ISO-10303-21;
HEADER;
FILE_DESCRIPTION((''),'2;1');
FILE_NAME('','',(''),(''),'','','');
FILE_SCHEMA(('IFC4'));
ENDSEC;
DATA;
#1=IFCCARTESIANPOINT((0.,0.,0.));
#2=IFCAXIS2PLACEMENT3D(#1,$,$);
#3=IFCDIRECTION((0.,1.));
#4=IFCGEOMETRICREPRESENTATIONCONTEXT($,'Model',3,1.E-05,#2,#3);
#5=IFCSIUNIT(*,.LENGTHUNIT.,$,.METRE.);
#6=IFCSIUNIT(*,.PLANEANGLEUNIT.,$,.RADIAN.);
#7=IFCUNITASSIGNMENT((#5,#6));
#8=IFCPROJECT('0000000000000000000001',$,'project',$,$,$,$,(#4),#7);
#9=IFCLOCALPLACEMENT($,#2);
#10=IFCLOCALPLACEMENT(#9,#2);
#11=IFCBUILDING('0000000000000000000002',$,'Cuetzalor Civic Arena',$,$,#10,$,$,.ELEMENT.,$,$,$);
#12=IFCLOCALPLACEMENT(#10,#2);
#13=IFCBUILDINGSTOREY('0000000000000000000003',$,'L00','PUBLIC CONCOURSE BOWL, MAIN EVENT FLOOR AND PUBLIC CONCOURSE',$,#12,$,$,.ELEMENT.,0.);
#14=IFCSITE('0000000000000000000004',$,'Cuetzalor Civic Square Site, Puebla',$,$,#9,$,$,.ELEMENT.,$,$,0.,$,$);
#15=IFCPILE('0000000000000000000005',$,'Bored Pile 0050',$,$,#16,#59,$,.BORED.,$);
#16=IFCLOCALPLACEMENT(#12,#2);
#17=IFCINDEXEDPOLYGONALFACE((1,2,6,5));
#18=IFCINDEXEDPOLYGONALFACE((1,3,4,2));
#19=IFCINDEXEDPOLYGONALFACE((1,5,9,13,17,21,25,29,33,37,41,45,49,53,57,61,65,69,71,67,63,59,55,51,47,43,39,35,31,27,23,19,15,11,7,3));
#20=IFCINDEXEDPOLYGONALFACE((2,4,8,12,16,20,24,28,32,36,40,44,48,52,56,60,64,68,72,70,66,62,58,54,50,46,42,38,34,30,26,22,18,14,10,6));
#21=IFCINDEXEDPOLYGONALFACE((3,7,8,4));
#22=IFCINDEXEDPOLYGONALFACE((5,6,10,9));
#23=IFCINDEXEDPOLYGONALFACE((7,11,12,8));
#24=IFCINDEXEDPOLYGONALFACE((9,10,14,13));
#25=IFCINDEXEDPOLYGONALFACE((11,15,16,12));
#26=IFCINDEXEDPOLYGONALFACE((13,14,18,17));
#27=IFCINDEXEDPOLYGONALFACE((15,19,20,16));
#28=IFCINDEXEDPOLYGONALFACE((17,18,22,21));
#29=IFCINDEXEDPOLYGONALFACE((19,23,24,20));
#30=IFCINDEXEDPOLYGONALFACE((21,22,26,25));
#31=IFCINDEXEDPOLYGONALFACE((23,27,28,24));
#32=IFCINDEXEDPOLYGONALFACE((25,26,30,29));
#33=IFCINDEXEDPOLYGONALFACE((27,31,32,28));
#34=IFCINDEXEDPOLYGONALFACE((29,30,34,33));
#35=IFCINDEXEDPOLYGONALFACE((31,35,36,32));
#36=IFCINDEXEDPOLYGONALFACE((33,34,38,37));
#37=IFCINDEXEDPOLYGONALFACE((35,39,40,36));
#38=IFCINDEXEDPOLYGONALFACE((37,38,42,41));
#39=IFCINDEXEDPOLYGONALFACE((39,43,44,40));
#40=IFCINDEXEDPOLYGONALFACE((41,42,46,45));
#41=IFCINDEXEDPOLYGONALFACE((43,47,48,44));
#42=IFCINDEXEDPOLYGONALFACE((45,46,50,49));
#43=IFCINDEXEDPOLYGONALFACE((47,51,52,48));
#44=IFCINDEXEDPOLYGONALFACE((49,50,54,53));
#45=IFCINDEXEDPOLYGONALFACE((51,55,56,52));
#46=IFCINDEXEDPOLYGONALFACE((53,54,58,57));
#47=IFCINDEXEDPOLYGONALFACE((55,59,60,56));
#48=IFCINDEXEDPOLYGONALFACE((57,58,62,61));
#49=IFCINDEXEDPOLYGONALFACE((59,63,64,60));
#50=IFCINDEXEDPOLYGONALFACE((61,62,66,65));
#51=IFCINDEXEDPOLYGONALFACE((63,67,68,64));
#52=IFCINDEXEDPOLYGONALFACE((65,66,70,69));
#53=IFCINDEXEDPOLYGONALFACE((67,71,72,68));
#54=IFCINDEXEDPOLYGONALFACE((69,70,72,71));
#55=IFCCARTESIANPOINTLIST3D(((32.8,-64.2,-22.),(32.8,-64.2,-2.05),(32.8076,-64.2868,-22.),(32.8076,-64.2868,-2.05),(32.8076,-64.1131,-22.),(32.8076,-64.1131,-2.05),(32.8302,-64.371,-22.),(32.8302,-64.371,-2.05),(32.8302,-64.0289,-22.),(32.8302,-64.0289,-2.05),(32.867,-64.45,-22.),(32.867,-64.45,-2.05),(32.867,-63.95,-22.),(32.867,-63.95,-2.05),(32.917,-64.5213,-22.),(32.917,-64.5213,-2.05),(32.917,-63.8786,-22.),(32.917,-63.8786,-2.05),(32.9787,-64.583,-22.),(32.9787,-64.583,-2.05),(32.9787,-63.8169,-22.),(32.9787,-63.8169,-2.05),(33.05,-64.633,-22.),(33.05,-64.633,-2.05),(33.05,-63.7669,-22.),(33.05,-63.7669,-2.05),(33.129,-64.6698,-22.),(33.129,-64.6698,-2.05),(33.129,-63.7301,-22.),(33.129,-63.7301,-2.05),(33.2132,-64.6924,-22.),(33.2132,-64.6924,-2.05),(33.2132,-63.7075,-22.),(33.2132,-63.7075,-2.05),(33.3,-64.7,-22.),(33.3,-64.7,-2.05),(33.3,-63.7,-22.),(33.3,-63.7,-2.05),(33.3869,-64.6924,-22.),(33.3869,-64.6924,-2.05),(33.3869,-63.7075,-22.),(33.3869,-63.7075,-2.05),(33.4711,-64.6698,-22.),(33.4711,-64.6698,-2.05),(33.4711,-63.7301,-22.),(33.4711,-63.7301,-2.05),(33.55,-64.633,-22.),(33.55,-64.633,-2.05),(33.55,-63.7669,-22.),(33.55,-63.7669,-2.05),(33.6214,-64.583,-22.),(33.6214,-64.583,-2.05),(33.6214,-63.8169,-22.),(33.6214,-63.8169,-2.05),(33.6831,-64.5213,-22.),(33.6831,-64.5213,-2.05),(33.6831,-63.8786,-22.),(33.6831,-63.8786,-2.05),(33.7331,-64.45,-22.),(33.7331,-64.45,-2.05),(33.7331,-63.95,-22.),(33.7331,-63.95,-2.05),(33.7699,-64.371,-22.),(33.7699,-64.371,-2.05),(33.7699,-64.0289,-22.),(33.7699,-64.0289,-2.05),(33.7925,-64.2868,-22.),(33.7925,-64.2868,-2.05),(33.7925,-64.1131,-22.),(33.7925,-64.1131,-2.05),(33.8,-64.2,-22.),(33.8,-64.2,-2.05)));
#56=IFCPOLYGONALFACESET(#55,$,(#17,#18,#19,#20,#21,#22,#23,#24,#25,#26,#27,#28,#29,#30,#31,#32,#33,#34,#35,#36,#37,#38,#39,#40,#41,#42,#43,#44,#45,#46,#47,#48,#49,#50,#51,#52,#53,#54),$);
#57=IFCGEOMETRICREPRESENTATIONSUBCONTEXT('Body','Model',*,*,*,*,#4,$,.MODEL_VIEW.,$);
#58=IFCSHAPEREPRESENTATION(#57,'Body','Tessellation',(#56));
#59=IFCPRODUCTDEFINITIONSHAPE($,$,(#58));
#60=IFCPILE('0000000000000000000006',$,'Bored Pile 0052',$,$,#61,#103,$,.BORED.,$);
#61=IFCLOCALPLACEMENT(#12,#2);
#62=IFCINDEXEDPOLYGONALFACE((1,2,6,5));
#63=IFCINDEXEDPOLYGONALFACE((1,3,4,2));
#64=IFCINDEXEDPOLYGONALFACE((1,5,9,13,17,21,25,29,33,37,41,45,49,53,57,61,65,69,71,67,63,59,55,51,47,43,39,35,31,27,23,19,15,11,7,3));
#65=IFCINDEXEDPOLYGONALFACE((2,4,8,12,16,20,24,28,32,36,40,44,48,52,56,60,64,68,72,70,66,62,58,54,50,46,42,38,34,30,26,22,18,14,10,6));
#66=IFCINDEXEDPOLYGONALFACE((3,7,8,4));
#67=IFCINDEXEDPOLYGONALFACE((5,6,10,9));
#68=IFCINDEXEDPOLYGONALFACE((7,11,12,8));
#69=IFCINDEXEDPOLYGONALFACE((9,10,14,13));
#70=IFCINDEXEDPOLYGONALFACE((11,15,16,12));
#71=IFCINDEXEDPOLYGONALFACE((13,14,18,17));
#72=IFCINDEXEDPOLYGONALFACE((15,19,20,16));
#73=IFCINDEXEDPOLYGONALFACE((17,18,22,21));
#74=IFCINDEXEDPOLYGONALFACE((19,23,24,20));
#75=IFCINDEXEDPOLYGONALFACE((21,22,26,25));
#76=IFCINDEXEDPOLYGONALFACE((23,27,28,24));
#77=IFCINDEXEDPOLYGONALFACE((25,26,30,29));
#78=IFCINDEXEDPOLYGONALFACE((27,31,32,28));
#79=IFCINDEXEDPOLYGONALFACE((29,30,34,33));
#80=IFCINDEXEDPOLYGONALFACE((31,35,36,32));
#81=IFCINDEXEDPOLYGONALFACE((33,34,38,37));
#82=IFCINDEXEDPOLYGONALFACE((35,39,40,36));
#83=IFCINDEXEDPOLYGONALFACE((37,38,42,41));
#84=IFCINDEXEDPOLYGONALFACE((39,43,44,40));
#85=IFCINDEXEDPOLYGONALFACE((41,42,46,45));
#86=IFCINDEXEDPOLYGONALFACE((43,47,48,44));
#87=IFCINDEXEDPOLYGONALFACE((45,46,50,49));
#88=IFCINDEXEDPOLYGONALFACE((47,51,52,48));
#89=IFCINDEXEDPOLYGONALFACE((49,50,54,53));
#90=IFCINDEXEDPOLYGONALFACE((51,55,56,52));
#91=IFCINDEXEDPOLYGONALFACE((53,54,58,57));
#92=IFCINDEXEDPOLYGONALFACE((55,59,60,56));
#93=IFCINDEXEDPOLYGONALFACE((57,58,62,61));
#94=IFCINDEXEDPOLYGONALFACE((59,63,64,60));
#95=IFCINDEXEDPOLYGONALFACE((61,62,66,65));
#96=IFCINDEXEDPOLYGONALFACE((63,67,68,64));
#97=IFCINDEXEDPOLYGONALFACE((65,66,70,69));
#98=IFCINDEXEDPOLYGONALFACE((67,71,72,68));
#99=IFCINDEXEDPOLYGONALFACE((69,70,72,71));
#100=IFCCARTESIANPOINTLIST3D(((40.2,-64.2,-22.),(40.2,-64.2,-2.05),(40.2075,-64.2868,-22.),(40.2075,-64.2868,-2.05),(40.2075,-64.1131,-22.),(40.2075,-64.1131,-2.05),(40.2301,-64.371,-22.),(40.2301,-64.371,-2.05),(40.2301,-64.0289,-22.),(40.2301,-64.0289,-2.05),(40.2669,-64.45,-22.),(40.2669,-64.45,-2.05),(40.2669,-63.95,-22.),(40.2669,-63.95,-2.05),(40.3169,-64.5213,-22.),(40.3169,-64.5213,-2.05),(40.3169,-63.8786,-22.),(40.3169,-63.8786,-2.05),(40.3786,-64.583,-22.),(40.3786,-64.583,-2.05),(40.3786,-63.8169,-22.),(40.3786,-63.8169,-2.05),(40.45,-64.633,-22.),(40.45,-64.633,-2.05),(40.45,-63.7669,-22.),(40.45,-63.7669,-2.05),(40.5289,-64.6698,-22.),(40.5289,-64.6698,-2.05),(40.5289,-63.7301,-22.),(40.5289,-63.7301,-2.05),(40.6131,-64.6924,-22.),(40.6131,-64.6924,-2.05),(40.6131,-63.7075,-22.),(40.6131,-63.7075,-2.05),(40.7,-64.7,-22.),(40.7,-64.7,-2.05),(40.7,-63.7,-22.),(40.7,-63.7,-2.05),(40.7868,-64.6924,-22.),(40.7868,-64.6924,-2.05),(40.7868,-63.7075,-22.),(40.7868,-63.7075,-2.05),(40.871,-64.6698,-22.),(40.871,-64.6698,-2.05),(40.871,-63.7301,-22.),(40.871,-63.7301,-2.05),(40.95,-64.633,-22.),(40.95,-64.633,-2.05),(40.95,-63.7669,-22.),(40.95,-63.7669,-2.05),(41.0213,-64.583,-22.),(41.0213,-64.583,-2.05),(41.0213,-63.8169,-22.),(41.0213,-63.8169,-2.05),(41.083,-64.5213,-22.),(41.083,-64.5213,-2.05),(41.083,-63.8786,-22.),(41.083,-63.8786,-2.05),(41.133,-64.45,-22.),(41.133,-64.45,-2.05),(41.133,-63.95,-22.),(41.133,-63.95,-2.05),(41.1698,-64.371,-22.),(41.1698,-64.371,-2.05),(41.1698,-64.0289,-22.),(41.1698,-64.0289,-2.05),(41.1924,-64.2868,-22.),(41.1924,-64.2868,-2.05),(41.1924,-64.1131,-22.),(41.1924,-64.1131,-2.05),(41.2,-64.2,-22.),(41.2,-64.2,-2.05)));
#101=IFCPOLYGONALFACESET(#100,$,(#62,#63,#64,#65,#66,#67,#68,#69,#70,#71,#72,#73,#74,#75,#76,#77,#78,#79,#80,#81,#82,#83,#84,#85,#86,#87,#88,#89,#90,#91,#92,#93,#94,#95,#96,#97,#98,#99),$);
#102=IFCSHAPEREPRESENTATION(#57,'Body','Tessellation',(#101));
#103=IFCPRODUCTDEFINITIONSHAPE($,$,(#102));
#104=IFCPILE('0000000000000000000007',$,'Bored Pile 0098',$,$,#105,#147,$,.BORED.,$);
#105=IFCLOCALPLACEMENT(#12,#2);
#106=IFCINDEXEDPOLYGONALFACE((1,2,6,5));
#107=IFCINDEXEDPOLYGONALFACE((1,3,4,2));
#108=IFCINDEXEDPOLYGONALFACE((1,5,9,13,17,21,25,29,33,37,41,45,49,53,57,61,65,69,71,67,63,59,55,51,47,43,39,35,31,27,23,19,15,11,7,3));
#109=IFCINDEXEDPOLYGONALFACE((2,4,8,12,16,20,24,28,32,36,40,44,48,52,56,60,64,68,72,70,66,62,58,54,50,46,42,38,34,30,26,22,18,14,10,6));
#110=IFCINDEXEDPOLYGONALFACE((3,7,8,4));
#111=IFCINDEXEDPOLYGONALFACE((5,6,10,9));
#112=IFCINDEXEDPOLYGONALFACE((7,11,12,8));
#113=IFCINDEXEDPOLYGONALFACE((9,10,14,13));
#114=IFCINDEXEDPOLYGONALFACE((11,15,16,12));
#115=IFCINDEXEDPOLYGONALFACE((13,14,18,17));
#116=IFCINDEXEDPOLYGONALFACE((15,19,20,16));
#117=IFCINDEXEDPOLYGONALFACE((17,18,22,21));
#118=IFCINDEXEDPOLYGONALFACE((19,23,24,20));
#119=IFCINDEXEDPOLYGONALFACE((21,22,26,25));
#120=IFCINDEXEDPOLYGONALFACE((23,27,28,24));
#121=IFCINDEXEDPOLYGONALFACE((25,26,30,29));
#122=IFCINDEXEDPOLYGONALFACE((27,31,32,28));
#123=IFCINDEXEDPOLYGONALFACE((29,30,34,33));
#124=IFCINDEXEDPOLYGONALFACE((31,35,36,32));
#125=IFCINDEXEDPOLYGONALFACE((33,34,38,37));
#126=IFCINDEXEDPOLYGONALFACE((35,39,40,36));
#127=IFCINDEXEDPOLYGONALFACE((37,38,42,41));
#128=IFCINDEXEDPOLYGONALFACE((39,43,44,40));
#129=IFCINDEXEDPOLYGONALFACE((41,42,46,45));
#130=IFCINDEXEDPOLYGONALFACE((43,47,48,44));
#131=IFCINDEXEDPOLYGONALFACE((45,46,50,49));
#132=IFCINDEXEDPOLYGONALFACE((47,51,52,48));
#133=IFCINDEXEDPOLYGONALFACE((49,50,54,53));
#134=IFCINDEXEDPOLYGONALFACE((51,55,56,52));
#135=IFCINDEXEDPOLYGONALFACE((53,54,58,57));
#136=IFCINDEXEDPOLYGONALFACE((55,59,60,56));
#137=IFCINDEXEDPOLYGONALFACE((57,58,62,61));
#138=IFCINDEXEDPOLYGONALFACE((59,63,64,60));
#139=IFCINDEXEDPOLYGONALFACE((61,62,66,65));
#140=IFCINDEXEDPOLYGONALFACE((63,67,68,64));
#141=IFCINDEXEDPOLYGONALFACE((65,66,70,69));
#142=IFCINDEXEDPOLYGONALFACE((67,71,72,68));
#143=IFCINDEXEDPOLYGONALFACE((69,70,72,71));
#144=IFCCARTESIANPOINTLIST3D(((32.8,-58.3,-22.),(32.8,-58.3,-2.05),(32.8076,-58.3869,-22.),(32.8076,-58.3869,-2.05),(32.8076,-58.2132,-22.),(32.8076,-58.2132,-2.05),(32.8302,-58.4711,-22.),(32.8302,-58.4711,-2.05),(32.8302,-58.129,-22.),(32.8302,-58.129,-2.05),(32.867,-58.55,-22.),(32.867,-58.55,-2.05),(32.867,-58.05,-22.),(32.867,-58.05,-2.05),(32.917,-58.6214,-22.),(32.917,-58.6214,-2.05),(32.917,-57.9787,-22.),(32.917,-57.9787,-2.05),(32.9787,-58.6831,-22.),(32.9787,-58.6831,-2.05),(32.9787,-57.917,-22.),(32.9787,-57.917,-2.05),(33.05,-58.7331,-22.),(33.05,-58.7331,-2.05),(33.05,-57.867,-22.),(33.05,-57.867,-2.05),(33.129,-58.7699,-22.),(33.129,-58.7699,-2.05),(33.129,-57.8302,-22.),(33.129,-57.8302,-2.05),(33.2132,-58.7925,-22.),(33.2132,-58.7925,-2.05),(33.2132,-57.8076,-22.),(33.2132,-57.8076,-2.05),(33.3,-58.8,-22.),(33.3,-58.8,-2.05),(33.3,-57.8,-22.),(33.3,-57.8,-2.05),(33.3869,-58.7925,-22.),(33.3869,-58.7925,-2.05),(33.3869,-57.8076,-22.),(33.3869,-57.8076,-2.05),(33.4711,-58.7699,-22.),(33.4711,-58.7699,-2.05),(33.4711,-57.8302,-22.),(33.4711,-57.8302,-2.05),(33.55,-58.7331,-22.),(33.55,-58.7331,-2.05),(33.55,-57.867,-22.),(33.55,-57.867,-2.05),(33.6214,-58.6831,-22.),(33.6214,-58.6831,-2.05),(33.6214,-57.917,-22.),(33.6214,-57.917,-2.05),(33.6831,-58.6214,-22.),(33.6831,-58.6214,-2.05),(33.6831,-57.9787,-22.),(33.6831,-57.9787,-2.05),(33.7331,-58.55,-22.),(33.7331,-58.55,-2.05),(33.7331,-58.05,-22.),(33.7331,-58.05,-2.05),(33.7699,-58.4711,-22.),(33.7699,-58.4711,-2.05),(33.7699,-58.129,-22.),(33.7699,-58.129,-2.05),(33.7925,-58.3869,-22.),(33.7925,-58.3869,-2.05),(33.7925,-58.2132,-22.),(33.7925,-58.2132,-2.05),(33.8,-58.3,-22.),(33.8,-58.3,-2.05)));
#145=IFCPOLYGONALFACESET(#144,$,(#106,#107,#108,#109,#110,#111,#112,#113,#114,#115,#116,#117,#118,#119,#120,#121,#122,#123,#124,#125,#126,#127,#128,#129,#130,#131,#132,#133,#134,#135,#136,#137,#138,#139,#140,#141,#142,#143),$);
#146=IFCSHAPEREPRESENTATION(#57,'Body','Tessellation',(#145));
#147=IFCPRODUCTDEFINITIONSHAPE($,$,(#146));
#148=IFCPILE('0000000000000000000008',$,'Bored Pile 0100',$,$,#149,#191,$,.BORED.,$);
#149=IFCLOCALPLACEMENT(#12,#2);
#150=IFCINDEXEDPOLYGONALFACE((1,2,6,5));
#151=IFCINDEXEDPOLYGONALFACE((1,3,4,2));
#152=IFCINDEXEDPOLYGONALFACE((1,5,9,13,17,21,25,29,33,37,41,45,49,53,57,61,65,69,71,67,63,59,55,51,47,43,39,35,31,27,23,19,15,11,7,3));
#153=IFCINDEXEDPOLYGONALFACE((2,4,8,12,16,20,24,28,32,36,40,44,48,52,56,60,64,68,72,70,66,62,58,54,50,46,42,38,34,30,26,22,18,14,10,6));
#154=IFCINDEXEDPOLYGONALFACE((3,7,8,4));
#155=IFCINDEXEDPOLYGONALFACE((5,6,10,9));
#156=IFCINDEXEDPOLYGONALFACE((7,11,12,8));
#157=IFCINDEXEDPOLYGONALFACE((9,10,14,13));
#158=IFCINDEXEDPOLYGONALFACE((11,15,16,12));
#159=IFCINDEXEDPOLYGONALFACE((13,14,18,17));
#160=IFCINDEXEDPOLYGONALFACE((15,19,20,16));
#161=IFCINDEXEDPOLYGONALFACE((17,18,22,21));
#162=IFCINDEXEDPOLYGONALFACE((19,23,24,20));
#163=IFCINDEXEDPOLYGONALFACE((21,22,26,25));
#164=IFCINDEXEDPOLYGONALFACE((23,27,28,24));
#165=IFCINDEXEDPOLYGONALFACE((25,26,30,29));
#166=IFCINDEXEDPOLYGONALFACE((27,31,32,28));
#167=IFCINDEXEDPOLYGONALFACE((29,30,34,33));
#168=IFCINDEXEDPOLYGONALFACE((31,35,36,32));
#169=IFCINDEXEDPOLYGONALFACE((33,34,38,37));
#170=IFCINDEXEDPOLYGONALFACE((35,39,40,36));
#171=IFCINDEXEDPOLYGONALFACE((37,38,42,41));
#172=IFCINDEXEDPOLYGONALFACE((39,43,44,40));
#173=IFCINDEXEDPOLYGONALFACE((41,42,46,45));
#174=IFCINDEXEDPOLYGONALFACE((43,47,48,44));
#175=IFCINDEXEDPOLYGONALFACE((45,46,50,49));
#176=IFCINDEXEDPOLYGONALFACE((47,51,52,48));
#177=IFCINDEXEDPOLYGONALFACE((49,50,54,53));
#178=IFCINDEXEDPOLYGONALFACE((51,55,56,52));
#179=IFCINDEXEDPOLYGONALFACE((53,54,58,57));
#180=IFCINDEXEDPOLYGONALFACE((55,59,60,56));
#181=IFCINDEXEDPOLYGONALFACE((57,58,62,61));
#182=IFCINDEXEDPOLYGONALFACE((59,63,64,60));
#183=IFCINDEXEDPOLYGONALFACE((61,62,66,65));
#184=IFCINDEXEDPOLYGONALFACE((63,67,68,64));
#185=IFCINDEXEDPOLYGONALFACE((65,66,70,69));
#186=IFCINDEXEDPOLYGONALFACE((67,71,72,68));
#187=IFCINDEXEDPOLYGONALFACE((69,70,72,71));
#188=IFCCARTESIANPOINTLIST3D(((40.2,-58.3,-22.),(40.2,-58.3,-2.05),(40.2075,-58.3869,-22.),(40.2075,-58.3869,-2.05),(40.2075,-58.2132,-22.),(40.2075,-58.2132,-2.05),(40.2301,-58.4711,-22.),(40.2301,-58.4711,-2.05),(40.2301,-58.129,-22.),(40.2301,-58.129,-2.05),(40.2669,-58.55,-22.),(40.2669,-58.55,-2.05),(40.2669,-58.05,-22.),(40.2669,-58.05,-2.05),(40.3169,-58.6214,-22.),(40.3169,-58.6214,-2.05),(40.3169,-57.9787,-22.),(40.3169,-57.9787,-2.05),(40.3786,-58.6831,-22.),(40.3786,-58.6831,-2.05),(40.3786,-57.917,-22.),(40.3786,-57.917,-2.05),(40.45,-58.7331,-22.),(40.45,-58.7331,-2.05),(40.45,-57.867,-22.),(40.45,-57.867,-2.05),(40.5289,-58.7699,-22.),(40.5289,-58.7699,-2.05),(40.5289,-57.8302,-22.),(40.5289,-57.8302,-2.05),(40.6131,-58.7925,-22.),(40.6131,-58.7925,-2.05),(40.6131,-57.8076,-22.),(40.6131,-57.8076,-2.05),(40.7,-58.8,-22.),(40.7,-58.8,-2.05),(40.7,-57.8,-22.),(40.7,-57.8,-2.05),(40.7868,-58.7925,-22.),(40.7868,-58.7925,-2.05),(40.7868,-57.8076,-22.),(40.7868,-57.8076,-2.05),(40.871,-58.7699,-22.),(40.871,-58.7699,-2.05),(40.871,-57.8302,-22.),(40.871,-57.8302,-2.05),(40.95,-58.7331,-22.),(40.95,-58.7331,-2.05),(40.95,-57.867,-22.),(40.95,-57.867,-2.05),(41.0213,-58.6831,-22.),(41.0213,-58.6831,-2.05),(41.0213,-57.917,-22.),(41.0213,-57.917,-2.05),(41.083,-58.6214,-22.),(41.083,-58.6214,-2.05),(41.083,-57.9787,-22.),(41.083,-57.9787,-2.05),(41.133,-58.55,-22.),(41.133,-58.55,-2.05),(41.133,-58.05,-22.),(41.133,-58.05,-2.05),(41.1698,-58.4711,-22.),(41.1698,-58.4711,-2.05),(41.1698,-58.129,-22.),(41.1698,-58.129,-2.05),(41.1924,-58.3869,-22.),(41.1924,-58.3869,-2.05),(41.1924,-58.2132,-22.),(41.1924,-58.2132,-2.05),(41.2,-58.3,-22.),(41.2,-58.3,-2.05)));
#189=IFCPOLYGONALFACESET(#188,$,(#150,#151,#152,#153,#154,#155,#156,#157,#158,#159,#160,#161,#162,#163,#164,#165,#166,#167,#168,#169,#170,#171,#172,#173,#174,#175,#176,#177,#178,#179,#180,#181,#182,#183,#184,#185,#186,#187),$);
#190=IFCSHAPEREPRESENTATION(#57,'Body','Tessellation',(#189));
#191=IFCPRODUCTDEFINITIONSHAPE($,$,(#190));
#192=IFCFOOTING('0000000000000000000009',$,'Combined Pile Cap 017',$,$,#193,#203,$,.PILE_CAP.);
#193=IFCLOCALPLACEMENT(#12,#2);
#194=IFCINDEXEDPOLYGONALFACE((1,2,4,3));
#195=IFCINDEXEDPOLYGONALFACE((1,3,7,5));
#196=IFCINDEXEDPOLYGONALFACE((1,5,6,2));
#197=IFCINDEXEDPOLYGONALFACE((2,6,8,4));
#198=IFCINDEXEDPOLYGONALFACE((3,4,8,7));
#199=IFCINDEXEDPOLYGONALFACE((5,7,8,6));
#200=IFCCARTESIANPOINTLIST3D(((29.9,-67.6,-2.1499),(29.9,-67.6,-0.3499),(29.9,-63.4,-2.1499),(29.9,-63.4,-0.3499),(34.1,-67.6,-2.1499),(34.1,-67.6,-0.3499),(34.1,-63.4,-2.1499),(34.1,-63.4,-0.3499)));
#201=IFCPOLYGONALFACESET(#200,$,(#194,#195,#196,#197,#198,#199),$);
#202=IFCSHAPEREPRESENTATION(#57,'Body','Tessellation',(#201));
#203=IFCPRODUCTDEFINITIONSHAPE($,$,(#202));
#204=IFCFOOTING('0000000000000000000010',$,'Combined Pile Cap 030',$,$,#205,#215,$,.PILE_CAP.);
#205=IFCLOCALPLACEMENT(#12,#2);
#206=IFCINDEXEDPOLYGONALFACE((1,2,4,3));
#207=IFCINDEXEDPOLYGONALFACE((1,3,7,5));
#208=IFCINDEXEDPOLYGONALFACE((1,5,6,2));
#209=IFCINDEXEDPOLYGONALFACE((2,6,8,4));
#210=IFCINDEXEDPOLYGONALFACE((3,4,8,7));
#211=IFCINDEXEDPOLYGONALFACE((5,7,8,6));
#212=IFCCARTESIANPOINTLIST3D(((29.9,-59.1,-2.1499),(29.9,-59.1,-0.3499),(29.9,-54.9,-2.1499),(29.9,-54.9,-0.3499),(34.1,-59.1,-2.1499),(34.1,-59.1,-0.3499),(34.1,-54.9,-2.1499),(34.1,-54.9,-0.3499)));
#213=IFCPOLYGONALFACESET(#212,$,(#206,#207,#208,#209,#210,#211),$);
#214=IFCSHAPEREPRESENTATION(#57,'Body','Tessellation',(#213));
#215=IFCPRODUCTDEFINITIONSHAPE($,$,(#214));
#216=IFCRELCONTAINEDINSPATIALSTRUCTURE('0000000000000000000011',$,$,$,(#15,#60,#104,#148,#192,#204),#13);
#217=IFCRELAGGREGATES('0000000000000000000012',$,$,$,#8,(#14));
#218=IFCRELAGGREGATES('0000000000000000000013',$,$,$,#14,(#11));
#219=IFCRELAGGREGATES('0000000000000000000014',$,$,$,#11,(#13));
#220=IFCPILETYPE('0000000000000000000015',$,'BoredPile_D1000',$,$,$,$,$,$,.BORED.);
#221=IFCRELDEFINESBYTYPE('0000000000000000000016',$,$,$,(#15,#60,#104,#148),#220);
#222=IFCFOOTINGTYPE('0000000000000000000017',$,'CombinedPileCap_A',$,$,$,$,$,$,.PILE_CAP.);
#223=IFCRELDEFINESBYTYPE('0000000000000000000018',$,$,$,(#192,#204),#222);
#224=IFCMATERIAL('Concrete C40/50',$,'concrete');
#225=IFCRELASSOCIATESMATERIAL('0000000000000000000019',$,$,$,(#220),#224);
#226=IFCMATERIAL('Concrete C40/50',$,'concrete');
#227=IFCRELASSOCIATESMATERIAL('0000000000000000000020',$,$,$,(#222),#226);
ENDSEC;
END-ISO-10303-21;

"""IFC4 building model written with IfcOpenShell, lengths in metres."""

from ifc_helpers import new_model, si_unit, direction, frame, origin, origin_2d, place, context, subcontext, project, spatial, rectangle, circle, extrude, material, material_profile, profile_set, type_object, element, save


model = new_model("IFC4")

# Units and contexts
model_context = context("Model", 3, precision=1e-05, world=origin(), true_north=direction((0.0, 1.0)))
body_context = subcontext(model_context, "Body", "Model", "MODEL_VIEW")
ifc_project = project(units=[si_unit("LENGTHUNIT", "METRE"), si_unit("PLANEANGLEUNIT", "RADIAN")], contexts=[model_context])

# Site, building, storey
site_placement = place(None, origin())
site = spatial("IfcSite", under=ifc_project, at=site_placement, Name="Cuetzalor Civic Square Site, Puebla", CompositionType="ELEMENT", RefElevation=0.0)
building_placement = place(site_placement, origin())
building = spatial("IfcBuilding", under=site, at=building_placement, Name="Cuetzalor Civic Arena", CompositionType="ELEMENT")
storey_placement = place(building_placement, origin())
storey = spatial("IfcBuildingStorey", under=building, at=storey_placement, Name="L00", Description="PUBLIC CONCOURSE BOWL, MAIN EVENT FLOOR AND PUBLIC CONCOURSE", CompositionType="ELEMENT", Elevation=0.0)

# Piles
ifc_material_1 = material(Name="Concrete C40/50", Category="concrete")
ifc_material_profile_1 = material_profile(ifc_material_1, circle(Radius=0.5, at=origin_2d()), Name="BORED PILE D1000")
ifc_profile_set_1 = profile_set([ifc_material_profile_1], Name="Concrete C40/50")
pile_type = type_object("IfcPileType", Name="BoredPile_D1000", PredefinedType="BORED", material=ifc_profile_set_1)
for number, where, z_axis, x_axis, name in (
    (1, (33.3, -64.2, -2.05), (0.0, 0.0, -1.0), (1.0, 0.0, 0.0), "Bored Pile 0050"),
    (2, (40.7, -64.2, -2.05), (0.0, 0.0, -1.0), (1.0, 0.0, 0.0), "Bored Pile 0052"),
    (3, (33.3, -58.3, -2.05), (0.0, 0.0, -1.0), (1.0, 0.0, 0.0), "Bored Pile 0098"),
    (4, (40.7, -58.3, -2.05), (0.0, 0.0, -1.0), (1.0, 0.0, 0.0), "Bored Pile 0100"),
):
    element("IfcPile", number, at=place(storey_placement, frame(where, z_axis=z_axis, x_axis=x_axis)), inside=storey, type_object=pile_type, Name=name, PredefinedType="BORED", context=body_context, shape_type="SweptSolid", body=[
        extrude(circle(Radius=0.5, at=origin_2d()), origin(), (0.0, 0.0, 1.0), 19.95),
    ])

# Footings
ifc_material_2 = material(Name="Concrete C40/50", Category="concrete")
footing_type_1 = type_object("IfcFootingType", Name="CombinedPileCap_A", PredefinedType="PILE_CAP", material=ifc_material_2)
for number, where, z_axis, x_axis, name in (
    (5, (32.0, -65.5, -2.1499), (0.0, 0.0, 1.0), (1.0, 0.0, 0.0), "Combined Pile Cap 017"),
    (6, (32.0, -57.0, -2.1499), (0.0, 0.0, 1.0), (1.0, 0.0, 0.0), "Combined Pile Cap 030"),
):
    element("IfcFooting", number, at=place(storey_placement, frame(where, z_axis=z_axis, x_axis=x_axis)), inside=storey, type_object=footing_type_1, Name=name, PredefinedType="PILE_CAP", context=body_context, shape_type="SweptSolid", body=[
        extrude(rectangle(XDim=4.2, YDim=4.2, at=origin_2d()), origin(), (0.0, 0.0, 1.0), 1.8),
    ])

save(model, "model.ifc")
